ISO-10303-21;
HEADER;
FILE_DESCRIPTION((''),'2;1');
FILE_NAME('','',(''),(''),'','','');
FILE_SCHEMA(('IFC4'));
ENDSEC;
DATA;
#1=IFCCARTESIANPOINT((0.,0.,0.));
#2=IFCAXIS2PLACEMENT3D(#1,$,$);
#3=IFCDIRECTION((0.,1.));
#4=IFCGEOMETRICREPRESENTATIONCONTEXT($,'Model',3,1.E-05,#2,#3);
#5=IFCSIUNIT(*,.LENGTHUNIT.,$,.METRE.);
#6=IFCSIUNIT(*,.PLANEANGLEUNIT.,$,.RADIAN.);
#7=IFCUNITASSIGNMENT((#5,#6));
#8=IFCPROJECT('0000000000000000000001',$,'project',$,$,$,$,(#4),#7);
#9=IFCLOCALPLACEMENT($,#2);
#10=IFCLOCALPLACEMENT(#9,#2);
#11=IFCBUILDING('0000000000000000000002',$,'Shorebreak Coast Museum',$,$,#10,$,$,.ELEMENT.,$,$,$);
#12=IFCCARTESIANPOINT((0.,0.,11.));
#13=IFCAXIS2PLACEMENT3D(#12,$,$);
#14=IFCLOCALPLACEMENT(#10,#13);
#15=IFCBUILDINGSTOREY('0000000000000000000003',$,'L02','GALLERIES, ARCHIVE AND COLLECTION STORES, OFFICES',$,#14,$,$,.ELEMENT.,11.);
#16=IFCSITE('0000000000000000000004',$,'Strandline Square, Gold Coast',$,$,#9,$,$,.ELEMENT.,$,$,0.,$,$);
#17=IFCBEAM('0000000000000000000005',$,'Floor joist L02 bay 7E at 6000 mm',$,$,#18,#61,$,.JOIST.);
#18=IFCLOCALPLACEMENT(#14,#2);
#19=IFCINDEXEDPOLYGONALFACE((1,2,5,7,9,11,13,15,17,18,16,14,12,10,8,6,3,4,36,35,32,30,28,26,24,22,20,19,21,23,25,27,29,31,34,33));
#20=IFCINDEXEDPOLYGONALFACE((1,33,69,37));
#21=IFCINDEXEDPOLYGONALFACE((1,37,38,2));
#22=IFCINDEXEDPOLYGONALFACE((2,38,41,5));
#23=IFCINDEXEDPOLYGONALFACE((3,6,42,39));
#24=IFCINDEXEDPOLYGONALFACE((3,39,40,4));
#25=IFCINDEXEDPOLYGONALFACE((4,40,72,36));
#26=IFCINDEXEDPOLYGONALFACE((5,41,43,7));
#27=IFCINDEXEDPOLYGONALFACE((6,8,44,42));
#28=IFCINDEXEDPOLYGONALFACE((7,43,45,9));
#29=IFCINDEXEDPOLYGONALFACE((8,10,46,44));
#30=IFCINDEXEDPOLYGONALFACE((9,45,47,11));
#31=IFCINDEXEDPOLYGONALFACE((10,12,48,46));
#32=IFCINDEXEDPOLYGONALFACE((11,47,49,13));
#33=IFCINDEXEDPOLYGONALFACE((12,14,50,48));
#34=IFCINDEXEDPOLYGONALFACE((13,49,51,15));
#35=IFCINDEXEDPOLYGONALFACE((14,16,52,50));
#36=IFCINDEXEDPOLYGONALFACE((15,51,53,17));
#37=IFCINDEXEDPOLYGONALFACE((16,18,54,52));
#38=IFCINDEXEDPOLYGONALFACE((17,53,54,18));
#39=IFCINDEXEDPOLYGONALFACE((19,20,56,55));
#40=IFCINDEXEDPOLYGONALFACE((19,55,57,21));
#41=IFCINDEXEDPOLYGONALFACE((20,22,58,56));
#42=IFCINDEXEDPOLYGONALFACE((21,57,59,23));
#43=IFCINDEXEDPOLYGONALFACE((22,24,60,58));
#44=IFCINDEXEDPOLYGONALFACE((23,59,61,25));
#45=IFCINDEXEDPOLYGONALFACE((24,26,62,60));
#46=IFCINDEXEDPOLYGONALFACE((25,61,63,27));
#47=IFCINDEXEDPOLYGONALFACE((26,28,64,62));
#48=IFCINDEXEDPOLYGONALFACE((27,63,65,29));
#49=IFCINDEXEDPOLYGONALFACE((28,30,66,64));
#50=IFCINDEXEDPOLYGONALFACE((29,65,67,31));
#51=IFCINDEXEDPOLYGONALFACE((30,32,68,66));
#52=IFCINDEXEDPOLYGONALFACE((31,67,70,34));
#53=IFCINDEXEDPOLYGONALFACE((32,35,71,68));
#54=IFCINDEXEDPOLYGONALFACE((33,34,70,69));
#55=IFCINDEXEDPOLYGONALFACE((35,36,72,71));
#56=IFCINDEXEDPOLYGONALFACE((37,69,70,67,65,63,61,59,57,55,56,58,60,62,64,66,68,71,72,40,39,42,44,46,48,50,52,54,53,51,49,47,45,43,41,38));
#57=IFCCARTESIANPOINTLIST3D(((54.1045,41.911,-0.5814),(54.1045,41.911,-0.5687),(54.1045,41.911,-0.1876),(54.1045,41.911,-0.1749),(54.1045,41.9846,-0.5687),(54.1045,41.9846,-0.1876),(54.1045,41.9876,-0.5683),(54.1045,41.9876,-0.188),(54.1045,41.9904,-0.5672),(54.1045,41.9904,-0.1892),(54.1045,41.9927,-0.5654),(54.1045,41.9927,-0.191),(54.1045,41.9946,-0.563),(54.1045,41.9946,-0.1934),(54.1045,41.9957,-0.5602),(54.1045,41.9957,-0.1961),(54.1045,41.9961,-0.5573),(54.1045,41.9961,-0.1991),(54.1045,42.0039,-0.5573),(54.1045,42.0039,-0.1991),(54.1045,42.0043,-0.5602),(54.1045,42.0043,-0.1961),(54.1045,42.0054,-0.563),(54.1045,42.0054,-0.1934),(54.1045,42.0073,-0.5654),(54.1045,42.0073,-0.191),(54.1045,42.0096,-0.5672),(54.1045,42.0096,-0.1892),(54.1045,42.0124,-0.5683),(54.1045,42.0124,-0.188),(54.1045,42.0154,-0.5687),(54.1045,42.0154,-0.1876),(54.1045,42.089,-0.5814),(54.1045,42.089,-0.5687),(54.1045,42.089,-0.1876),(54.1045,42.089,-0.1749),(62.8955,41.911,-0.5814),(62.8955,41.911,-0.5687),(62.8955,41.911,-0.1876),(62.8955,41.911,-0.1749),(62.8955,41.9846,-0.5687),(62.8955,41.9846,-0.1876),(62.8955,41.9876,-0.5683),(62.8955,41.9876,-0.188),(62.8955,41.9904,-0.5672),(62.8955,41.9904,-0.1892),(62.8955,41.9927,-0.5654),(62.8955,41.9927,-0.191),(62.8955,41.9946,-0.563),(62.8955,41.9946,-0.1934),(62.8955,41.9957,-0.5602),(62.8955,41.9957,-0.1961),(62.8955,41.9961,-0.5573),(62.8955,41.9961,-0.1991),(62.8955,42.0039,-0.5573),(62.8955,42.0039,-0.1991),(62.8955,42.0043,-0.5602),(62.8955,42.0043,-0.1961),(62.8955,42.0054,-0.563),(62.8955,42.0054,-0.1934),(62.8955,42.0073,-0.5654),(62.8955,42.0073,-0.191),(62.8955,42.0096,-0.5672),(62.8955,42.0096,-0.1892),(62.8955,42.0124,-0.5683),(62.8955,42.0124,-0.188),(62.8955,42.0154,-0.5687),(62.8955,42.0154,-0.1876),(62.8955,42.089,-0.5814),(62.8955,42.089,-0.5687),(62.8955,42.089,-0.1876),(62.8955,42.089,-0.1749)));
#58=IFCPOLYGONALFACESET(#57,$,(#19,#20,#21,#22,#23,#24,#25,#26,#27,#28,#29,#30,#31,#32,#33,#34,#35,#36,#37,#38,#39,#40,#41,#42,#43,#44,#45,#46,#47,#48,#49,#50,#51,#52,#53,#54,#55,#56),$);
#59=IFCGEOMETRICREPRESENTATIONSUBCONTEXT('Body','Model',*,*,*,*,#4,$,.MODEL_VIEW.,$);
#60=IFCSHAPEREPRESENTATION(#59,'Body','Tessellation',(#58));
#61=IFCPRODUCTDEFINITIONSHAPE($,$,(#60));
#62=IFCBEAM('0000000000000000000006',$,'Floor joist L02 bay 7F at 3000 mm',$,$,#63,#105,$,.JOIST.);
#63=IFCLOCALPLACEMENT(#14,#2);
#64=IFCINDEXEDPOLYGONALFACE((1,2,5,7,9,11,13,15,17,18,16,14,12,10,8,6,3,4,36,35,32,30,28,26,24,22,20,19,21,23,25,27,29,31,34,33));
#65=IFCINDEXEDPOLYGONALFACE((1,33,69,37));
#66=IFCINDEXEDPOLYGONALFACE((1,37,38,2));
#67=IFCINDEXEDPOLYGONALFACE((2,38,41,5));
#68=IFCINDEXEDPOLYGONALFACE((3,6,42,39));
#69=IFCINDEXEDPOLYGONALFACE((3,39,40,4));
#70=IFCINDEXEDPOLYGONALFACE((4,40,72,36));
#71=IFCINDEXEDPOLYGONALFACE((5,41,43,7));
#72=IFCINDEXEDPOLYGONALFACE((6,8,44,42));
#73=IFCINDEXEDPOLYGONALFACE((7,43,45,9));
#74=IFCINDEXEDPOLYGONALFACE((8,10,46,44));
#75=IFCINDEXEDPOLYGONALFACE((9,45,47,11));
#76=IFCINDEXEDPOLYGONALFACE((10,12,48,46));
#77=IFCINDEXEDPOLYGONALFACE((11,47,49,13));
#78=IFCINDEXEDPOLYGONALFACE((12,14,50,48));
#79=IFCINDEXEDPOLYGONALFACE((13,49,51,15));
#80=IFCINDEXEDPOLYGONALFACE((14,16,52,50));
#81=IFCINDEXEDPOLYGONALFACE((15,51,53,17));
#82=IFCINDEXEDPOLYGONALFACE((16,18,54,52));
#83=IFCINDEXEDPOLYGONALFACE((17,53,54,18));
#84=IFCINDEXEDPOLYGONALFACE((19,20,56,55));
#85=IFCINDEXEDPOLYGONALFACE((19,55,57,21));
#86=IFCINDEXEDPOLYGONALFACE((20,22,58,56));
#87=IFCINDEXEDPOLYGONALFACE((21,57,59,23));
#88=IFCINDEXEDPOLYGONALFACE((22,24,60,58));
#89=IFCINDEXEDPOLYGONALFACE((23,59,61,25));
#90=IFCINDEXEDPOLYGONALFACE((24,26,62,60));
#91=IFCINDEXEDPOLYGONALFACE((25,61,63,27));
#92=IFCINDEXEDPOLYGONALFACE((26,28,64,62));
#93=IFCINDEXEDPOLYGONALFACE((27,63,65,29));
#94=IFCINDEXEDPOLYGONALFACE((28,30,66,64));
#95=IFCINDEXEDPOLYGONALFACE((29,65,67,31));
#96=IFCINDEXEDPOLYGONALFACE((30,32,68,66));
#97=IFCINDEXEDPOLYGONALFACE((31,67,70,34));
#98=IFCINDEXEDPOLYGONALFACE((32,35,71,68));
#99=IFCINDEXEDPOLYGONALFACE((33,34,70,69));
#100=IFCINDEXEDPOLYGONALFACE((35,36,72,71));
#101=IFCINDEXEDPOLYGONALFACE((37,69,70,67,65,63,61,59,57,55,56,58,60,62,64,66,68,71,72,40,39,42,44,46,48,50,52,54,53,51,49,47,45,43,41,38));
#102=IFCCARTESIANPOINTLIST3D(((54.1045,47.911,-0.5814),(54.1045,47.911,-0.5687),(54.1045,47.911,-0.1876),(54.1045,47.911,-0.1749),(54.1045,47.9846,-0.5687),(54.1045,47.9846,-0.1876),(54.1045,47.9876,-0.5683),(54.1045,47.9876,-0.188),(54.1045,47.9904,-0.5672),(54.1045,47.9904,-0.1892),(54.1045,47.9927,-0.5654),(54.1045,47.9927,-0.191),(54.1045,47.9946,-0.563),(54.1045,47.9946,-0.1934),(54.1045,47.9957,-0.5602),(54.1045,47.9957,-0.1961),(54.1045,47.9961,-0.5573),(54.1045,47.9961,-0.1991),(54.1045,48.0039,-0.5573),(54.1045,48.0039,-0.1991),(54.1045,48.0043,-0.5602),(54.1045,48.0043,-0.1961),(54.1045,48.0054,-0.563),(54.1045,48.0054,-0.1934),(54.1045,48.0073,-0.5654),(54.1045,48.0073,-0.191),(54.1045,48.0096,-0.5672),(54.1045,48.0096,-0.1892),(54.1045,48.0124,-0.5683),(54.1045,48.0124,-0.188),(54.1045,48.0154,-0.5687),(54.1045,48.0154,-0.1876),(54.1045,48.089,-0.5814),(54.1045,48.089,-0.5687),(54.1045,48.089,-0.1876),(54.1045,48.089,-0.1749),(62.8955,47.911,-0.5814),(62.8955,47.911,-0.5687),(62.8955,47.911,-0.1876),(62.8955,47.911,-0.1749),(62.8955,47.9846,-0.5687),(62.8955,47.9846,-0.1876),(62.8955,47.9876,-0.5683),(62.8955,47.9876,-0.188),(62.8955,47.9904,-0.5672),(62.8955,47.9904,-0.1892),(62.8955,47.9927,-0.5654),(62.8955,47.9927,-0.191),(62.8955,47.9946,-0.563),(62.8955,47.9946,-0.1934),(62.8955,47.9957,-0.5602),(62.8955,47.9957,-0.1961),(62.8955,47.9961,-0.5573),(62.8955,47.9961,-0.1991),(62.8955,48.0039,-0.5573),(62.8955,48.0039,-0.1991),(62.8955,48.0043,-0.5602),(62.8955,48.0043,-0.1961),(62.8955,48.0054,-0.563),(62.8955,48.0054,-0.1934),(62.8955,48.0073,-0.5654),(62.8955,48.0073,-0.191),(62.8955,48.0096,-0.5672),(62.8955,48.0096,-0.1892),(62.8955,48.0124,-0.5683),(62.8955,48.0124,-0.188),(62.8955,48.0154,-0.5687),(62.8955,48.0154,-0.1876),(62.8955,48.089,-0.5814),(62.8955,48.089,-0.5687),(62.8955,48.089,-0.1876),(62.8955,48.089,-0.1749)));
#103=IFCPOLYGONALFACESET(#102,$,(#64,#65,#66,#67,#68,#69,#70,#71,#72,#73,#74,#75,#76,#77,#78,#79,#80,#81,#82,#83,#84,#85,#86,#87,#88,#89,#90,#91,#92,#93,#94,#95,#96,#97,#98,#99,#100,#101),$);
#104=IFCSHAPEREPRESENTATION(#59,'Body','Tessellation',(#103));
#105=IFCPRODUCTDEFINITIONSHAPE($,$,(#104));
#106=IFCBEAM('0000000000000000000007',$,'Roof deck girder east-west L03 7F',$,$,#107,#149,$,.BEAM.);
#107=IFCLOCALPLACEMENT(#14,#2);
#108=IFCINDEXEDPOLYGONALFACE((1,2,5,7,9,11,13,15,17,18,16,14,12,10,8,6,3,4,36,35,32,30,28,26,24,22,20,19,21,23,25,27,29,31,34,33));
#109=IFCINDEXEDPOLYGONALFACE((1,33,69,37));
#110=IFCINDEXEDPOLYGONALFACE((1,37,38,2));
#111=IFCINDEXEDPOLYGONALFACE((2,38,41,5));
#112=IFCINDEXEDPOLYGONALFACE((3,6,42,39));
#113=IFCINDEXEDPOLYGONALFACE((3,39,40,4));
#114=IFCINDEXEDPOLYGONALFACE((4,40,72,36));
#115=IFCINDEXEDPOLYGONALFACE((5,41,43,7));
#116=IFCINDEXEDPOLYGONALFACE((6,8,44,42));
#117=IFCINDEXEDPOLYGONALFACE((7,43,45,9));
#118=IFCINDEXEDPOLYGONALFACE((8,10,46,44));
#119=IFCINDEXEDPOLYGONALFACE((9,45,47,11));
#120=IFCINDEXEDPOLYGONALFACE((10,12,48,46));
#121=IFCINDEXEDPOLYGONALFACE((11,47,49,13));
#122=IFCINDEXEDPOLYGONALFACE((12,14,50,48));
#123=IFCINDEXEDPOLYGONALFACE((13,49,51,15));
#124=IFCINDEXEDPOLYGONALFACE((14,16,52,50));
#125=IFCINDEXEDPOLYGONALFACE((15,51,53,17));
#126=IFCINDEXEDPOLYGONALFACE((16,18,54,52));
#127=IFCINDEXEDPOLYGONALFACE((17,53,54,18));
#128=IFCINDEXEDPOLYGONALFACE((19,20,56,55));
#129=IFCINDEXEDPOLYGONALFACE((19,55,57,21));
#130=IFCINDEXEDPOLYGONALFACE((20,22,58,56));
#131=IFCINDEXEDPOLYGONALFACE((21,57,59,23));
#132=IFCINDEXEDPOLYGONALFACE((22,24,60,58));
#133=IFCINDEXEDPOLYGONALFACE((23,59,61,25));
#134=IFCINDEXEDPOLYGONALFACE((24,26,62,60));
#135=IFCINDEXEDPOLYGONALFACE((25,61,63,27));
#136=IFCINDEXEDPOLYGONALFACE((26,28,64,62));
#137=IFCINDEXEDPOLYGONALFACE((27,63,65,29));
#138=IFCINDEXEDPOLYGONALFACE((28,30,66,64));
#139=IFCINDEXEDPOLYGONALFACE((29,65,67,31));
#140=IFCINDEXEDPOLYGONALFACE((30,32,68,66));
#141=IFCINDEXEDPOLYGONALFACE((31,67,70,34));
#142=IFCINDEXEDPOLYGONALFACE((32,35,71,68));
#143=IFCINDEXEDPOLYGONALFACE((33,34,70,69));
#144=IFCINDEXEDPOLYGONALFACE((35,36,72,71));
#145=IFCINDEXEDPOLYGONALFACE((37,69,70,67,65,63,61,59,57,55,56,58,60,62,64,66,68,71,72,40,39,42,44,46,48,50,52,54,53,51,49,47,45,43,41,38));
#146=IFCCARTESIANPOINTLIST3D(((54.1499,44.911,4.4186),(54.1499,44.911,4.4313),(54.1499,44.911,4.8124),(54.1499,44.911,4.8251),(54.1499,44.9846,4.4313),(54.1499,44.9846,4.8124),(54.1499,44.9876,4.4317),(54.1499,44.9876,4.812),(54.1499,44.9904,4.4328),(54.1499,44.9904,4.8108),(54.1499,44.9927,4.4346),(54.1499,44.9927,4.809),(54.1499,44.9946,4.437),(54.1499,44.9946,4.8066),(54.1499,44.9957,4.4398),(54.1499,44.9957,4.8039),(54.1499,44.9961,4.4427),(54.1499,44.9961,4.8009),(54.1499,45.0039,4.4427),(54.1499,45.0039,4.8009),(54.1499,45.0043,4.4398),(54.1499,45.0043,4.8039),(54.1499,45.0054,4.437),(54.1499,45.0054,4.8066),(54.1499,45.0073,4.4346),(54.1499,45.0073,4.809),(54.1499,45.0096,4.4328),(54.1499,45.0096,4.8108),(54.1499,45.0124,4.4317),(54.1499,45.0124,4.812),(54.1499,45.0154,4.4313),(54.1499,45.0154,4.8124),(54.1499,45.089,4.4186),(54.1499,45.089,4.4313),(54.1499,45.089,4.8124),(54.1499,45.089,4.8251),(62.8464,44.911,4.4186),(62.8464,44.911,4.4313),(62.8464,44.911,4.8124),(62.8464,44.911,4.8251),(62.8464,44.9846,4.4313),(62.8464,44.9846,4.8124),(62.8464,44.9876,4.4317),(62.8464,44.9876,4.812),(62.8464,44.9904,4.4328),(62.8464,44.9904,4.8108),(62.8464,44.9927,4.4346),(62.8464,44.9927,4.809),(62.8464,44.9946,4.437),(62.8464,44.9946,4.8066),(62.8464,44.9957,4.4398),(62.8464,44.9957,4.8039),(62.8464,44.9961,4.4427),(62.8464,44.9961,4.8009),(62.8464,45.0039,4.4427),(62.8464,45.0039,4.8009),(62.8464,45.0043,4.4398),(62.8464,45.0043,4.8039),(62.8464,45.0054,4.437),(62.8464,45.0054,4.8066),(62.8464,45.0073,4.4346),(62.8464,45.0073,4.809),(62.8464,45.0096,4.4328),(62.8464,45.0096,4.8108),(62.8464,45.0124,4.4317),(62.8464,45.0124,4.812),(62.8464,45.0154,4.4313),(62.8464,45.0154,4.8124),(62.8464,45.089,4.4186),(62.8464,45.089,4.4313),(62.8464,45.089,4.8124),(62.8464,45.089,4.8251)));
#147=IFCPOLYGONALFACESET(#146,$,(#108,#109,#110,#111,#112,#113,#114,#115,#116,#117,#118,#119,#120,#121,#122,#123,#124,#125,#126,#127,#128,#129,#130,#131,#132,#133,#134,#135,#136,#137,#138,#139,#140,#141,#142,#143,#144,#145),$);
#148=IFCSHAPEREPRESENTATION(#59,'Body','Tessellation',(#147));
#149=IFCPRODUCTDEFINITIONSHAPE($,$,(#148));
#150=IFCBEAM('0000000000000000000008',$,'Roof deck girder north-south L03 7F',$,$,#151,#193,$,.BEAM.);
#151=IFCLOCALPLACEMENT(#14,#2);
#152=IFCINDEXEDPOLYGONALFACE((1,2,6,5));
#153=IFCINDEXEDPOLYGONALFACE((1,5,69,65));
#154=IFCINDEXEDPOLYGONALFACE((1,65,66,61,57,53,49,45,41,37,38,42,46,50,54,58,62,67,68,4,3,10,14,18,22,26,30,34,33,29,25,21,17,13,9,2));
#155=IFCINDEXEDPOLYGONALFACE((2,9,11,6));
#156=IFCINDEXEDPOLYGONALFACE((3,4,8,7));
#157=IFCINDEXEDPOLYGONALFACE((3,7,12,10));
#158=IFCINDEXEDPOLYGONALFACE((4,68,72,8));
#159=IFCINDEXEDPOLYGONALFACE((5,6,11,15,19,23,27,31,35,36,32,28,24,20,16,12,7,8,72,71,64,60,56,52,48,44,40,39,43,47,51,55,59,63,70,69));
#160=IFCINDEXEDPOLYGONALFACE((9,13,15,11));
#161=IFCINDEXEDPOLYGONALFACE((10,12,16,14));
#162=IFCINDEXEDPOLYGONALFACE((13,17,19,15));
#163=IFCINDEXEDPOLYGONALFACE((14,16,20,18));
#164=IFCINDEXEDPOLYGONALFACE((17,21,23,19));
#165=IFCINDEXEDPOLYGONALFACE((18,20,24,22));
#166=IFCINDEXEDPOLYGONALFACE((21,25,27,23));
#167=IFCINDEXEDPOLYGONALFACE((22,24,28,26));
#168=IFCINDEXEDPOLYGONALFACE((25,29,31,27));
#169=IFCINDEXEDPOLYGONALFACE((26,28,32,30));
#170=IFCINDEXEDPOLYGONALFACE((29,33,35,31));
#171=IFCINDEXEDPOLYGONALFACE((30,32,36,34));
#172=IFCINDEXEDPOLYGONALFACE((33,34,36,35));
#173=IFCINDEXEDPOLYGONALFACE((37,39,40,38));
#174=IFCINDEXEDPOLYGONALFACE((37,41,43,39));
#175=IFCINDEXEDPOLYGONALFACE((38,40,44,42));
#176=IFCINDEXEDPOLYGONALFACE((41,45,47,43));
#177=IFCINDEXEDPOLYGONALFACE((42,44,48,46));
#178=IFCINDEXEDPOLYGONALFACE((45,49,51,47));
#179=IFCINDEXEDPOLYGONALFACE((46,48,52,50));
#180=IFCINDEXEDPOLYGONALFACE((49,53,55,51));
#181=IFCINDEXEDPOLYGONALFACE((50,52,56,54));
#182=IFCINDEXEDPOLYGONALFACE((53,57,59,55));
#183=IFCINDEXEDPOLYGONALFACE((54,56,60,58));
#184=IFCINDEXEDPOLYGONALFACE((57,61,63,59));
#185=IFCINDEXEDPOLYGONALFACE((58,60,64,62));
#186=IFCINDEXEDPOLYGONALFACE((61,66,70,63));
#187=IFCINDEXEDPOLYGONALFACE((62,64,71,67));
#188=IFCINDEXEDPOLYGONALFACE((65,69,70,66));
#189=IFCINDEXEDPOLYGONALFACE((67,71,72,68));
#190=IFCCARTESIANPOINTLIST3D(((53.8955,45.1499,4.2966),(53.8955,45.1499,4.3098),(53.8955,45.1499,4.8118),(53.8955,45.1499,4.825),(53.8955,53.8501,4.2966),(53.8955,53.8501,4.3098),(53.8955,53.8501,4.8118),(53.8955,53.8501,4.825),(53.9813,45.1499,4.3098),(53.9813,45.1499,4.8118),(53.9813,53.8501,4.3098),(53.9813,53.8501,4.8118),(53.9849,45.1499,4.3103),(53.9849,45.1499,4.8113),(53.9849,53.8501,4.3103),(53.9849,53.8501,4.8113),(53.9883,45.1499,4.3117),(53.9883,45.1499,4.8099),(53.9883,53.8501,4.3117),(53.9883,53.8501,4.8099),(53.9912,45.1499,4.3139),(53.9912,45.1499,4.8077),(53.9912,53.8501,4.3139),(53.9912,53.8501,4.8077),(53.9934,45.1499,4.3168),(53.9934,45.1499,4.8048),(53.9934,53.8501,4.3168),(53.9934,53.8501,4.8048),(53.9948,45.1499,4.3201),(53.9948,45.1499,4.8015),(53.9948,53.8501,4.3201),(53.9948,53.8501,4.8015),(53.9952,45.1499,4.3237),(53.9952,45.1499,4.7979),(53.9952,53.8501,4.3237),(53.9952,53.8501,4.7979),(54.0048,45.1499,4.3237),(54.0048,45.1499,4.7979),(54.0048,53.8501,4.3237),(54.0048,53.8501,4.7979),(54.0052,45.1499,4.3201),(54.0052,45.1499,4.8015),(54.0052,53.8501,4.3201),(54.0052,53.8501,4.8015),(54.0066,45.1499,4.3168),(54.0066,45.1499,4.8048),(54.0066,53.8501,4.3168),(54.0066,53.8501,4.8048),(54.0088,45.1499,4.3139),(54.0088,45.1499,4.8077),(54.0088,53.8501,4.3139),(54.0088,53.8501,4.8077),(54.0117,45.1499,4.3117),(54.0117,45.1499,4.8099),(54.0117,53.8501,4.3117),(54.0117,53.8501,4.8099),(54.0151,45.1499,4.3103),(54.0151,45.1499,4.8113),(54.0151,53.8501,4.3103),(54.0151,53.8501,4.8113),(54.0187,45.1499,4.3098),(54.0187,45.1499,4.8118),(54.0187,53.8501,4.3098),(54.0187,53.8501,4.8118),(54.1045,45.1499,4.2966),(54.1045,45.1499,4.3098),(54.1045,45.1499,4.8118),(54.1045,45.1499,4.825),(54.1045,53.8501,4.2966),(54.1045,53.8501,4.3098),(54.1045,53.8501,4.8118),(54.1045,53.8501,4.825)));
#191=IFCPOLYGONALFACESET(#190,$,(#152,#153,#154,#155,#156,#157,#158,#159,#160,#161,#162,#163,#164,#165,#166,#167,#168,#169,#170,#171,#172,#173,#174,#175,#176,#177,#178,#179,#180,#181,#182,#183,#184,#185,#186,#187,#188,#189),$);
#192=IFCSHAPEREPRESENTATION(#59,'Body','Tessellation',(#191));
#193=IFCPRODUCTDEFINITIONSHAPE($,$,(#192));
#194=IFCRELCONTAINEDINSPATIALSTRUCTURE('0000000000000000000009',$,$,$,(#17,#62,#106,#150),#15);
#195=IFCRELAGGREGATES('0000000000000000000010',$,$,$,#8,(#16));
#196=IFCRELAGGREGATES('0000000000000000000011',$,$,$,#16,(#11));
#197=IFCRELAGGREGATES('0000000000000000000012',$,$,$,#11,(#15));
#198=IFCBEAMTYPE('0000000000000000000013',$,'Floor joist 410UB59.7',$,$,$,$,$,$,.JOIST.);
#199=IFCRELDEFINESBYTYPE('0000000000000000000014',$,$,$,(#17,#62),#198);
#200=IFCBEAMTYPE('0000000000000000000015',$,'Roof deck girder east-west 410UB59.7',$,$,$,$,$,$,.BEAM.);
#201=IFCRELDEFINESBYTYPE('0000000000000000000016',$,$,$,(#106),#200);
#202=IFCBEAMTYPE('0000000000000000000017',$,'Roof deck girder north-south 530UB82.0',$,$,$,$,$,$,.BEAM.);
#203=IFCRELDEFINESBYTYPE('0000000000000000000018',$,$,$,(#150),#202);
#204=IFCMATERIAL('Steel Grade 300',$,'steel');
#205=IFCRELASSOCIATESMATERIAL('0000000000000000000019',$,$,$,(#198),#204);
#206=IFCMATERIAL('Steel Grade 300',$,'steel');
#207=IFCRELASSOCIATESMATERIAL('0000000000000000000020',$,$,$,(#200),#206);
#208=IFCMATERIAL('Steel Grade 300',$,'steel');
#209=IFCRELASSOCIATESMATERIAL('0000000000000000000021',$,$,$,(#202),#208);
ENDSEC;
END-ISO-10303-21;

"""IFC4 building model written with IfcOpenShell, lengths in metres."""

from ifc_helpers import new_model, si_unit, direction, frame, origin, origin_2d, place, context, subcontext, project, spatial, i_section, extrude, material, material_profile, profile_set, type_object, element, save


model = new_model("IFC4")

# Units and contexts
model_context = context("Model", 3, precision=1e-05, world=origin(), true_north=direction((0.0, 1.0)))
body_context = subcontext(model_context, "Body", "Model", "MODEL_VIEW")
ifc_project = project(units=[si_unit("LENGTHUNIT", "METRE"), si_unit("PLANEANGLEUNIT", "RADIAN")], contexts=[model_context])

# Site, building, storey
site_placement = place(None, origin())
site = spatial("IfcSite", under=ifc_project, at=site_placement, Name="Strandline Square, Gold Coast", CompositionType="ELEMENT", RefElevation=0.0)
building_placement = place(site_placement, origin())
building = spatial("IfcBuilding", under=site, at=building_placement, Name="Shorebreak Coast Museum", CompositionType="ELEMENT")
storey_placement = place(building_placement, frame((0.0, 0.0, 11.0)))
storey = spatial("IfcBuildingStorey", under=building, at=storey_placement, Name="L02", Description="GALLERIES, ARCHIVE AND COLLECTION STORES, OFFICES", CompositionType="ELEMENT", Elevation=11.0)

# Beams
ifc_material_1 = material(Name="Steel Grade 300", Category="steel")
ifc_material_profile_1 = material_profile(ifc_material_1, i_section(OverallWidth=0.178, OverallDepth=0.4065, WebThickness=0.0078, FlangeThickness=0.0127, FilletRadius=0.0115, at=origin_2d()), Name="410UB59.7")
ifc_profile_set_1 = profile_set([ifc_material_profile_1], Name="Steel Grade 300")
beam_type_1 = type_object("IfcBeamType", Name="Floor joist 410UB59.7", PredefinedType="JOIST", material=ifc_profile_set_1)
for number, where, z_axis, x_axis, name in (
    (1, (54.1045, 42.0, -0.3782), (1.0, 0.0, 0.0), (0.0, 1.0, 0.0), "Floor joist L02 bay 7E at 6000 mm"),
    (2, (54.1045, 48.0, -0.3782), (1.0, 0.0, 0.0), (0.0, 1.0, 0.0), "Floor joist L02 bay 7F at 3000 mm"),
):
    element("IfcBeam", number, at=place(storey_placement, frame(where, z_axis=z_axis, x_axis=x_axis)), inside=storey, type_object=beam_type_1, Name=name, PredefinedType="JOIST", context=body_context, shape_type="SweptSolid", body=[
        extrude(i_section(OverallWidth=0.178, OverallDepth=0.4065, WebThickness=0.0078, FlangeThickness=0.0127, FilletRadius=0.0115, at=origin_2d()), origin(), (0.0, 0.0, 1.0), 8.791),
    ])
ifc_material_2 = material(Name="Steel Grade 300", Category="steel")
ifc_material_profile_2 = material_profile(ifc_material_2, i_section(OverallWidth=0.178, OverallDepth=0.4065, WebThickness=0.0078, FlangeThickness=0.0127, FilletRadius=0.0115, at=origin_2d()), Name="410UB59.7")
ifc_profile_set_2 = profile_set([ifc_material_profile_2], Name="Steel Grade 300")
beam_type_2 = type_object("IfcBeamType", Name="Roof deck girder east-west 410UB59.7", PredefinedType="BEAM", material=ifc_profile_set_2)
beam_1_placement = place(storey_placement, frame((54.1499, 45.0, 4.6218), z_axis=(1.0, 0.0, 0.0), x_axis=(0.0, 1.0, 0.0)))
element("IfcBeam", 3, at=beam_1_placement, inside=storey, type_object=beam_type_2, Name="Roof deck girder east-west L03 7F", PredefinedType="BEAM", context=body_context, shape_type="SweptSolid", body=[
    extrude(i_section(OverallWidth=0.178, OverallDepth=0.4065, WebThickness=0.0078, FlangeThickness=0.0127, FilletRadius=0.0115, at=origin_2d()), origin(), (0.0, 0.0, 1.0), 8.6965),
])
ifc_material_3 = material(Name="Steel Grade 300", Category="steel")
ifc_material_profile_3 = material_profile(ifc_material_3, i_section(OverallWidth=0.209, OverallDepth=0.5283, WebThickness=0.0095, FlangeThickness=0.0132, FilletRadius=0.0139, at=origin_2d()), Name="530UB82.0")
ifc_profile_set_3 = profile_set([ifc_material_profile_3], Name="Steel Grade 300")
beam_type_3 = type_object("IfcBeamType", Name="Roof deck girder north-south 530UB82.0", PredefinedType="BEAM", material=ifc_profile_set_3)
beam_2_placement = place(storey_placement, frame((54.0, 45.1499, 4.5608), z_axis=(0.0, 1.0, 0.0), x_axis=(-1.0, 0.0, 0.0)))
element("IfcBeam", 4, at=beam_2_placement, inside=storey, type_object=beam_type_3, Name="Roof deck girder north-south L03 7F", PredefinedType="BEAM", context=body_context, shape_type="SweptSolid", body=[
    extrude(i_section(OverallWidth=0.209, OverallDepth=0.5283, WebThickness=0.0095, FlangeThickness=0.0132, FilletRadius=0.0139, at=origin_2d()), origin(), (0.0, 0.0, 1.0), 8.7002),
])

save(model, "model.ifc")
